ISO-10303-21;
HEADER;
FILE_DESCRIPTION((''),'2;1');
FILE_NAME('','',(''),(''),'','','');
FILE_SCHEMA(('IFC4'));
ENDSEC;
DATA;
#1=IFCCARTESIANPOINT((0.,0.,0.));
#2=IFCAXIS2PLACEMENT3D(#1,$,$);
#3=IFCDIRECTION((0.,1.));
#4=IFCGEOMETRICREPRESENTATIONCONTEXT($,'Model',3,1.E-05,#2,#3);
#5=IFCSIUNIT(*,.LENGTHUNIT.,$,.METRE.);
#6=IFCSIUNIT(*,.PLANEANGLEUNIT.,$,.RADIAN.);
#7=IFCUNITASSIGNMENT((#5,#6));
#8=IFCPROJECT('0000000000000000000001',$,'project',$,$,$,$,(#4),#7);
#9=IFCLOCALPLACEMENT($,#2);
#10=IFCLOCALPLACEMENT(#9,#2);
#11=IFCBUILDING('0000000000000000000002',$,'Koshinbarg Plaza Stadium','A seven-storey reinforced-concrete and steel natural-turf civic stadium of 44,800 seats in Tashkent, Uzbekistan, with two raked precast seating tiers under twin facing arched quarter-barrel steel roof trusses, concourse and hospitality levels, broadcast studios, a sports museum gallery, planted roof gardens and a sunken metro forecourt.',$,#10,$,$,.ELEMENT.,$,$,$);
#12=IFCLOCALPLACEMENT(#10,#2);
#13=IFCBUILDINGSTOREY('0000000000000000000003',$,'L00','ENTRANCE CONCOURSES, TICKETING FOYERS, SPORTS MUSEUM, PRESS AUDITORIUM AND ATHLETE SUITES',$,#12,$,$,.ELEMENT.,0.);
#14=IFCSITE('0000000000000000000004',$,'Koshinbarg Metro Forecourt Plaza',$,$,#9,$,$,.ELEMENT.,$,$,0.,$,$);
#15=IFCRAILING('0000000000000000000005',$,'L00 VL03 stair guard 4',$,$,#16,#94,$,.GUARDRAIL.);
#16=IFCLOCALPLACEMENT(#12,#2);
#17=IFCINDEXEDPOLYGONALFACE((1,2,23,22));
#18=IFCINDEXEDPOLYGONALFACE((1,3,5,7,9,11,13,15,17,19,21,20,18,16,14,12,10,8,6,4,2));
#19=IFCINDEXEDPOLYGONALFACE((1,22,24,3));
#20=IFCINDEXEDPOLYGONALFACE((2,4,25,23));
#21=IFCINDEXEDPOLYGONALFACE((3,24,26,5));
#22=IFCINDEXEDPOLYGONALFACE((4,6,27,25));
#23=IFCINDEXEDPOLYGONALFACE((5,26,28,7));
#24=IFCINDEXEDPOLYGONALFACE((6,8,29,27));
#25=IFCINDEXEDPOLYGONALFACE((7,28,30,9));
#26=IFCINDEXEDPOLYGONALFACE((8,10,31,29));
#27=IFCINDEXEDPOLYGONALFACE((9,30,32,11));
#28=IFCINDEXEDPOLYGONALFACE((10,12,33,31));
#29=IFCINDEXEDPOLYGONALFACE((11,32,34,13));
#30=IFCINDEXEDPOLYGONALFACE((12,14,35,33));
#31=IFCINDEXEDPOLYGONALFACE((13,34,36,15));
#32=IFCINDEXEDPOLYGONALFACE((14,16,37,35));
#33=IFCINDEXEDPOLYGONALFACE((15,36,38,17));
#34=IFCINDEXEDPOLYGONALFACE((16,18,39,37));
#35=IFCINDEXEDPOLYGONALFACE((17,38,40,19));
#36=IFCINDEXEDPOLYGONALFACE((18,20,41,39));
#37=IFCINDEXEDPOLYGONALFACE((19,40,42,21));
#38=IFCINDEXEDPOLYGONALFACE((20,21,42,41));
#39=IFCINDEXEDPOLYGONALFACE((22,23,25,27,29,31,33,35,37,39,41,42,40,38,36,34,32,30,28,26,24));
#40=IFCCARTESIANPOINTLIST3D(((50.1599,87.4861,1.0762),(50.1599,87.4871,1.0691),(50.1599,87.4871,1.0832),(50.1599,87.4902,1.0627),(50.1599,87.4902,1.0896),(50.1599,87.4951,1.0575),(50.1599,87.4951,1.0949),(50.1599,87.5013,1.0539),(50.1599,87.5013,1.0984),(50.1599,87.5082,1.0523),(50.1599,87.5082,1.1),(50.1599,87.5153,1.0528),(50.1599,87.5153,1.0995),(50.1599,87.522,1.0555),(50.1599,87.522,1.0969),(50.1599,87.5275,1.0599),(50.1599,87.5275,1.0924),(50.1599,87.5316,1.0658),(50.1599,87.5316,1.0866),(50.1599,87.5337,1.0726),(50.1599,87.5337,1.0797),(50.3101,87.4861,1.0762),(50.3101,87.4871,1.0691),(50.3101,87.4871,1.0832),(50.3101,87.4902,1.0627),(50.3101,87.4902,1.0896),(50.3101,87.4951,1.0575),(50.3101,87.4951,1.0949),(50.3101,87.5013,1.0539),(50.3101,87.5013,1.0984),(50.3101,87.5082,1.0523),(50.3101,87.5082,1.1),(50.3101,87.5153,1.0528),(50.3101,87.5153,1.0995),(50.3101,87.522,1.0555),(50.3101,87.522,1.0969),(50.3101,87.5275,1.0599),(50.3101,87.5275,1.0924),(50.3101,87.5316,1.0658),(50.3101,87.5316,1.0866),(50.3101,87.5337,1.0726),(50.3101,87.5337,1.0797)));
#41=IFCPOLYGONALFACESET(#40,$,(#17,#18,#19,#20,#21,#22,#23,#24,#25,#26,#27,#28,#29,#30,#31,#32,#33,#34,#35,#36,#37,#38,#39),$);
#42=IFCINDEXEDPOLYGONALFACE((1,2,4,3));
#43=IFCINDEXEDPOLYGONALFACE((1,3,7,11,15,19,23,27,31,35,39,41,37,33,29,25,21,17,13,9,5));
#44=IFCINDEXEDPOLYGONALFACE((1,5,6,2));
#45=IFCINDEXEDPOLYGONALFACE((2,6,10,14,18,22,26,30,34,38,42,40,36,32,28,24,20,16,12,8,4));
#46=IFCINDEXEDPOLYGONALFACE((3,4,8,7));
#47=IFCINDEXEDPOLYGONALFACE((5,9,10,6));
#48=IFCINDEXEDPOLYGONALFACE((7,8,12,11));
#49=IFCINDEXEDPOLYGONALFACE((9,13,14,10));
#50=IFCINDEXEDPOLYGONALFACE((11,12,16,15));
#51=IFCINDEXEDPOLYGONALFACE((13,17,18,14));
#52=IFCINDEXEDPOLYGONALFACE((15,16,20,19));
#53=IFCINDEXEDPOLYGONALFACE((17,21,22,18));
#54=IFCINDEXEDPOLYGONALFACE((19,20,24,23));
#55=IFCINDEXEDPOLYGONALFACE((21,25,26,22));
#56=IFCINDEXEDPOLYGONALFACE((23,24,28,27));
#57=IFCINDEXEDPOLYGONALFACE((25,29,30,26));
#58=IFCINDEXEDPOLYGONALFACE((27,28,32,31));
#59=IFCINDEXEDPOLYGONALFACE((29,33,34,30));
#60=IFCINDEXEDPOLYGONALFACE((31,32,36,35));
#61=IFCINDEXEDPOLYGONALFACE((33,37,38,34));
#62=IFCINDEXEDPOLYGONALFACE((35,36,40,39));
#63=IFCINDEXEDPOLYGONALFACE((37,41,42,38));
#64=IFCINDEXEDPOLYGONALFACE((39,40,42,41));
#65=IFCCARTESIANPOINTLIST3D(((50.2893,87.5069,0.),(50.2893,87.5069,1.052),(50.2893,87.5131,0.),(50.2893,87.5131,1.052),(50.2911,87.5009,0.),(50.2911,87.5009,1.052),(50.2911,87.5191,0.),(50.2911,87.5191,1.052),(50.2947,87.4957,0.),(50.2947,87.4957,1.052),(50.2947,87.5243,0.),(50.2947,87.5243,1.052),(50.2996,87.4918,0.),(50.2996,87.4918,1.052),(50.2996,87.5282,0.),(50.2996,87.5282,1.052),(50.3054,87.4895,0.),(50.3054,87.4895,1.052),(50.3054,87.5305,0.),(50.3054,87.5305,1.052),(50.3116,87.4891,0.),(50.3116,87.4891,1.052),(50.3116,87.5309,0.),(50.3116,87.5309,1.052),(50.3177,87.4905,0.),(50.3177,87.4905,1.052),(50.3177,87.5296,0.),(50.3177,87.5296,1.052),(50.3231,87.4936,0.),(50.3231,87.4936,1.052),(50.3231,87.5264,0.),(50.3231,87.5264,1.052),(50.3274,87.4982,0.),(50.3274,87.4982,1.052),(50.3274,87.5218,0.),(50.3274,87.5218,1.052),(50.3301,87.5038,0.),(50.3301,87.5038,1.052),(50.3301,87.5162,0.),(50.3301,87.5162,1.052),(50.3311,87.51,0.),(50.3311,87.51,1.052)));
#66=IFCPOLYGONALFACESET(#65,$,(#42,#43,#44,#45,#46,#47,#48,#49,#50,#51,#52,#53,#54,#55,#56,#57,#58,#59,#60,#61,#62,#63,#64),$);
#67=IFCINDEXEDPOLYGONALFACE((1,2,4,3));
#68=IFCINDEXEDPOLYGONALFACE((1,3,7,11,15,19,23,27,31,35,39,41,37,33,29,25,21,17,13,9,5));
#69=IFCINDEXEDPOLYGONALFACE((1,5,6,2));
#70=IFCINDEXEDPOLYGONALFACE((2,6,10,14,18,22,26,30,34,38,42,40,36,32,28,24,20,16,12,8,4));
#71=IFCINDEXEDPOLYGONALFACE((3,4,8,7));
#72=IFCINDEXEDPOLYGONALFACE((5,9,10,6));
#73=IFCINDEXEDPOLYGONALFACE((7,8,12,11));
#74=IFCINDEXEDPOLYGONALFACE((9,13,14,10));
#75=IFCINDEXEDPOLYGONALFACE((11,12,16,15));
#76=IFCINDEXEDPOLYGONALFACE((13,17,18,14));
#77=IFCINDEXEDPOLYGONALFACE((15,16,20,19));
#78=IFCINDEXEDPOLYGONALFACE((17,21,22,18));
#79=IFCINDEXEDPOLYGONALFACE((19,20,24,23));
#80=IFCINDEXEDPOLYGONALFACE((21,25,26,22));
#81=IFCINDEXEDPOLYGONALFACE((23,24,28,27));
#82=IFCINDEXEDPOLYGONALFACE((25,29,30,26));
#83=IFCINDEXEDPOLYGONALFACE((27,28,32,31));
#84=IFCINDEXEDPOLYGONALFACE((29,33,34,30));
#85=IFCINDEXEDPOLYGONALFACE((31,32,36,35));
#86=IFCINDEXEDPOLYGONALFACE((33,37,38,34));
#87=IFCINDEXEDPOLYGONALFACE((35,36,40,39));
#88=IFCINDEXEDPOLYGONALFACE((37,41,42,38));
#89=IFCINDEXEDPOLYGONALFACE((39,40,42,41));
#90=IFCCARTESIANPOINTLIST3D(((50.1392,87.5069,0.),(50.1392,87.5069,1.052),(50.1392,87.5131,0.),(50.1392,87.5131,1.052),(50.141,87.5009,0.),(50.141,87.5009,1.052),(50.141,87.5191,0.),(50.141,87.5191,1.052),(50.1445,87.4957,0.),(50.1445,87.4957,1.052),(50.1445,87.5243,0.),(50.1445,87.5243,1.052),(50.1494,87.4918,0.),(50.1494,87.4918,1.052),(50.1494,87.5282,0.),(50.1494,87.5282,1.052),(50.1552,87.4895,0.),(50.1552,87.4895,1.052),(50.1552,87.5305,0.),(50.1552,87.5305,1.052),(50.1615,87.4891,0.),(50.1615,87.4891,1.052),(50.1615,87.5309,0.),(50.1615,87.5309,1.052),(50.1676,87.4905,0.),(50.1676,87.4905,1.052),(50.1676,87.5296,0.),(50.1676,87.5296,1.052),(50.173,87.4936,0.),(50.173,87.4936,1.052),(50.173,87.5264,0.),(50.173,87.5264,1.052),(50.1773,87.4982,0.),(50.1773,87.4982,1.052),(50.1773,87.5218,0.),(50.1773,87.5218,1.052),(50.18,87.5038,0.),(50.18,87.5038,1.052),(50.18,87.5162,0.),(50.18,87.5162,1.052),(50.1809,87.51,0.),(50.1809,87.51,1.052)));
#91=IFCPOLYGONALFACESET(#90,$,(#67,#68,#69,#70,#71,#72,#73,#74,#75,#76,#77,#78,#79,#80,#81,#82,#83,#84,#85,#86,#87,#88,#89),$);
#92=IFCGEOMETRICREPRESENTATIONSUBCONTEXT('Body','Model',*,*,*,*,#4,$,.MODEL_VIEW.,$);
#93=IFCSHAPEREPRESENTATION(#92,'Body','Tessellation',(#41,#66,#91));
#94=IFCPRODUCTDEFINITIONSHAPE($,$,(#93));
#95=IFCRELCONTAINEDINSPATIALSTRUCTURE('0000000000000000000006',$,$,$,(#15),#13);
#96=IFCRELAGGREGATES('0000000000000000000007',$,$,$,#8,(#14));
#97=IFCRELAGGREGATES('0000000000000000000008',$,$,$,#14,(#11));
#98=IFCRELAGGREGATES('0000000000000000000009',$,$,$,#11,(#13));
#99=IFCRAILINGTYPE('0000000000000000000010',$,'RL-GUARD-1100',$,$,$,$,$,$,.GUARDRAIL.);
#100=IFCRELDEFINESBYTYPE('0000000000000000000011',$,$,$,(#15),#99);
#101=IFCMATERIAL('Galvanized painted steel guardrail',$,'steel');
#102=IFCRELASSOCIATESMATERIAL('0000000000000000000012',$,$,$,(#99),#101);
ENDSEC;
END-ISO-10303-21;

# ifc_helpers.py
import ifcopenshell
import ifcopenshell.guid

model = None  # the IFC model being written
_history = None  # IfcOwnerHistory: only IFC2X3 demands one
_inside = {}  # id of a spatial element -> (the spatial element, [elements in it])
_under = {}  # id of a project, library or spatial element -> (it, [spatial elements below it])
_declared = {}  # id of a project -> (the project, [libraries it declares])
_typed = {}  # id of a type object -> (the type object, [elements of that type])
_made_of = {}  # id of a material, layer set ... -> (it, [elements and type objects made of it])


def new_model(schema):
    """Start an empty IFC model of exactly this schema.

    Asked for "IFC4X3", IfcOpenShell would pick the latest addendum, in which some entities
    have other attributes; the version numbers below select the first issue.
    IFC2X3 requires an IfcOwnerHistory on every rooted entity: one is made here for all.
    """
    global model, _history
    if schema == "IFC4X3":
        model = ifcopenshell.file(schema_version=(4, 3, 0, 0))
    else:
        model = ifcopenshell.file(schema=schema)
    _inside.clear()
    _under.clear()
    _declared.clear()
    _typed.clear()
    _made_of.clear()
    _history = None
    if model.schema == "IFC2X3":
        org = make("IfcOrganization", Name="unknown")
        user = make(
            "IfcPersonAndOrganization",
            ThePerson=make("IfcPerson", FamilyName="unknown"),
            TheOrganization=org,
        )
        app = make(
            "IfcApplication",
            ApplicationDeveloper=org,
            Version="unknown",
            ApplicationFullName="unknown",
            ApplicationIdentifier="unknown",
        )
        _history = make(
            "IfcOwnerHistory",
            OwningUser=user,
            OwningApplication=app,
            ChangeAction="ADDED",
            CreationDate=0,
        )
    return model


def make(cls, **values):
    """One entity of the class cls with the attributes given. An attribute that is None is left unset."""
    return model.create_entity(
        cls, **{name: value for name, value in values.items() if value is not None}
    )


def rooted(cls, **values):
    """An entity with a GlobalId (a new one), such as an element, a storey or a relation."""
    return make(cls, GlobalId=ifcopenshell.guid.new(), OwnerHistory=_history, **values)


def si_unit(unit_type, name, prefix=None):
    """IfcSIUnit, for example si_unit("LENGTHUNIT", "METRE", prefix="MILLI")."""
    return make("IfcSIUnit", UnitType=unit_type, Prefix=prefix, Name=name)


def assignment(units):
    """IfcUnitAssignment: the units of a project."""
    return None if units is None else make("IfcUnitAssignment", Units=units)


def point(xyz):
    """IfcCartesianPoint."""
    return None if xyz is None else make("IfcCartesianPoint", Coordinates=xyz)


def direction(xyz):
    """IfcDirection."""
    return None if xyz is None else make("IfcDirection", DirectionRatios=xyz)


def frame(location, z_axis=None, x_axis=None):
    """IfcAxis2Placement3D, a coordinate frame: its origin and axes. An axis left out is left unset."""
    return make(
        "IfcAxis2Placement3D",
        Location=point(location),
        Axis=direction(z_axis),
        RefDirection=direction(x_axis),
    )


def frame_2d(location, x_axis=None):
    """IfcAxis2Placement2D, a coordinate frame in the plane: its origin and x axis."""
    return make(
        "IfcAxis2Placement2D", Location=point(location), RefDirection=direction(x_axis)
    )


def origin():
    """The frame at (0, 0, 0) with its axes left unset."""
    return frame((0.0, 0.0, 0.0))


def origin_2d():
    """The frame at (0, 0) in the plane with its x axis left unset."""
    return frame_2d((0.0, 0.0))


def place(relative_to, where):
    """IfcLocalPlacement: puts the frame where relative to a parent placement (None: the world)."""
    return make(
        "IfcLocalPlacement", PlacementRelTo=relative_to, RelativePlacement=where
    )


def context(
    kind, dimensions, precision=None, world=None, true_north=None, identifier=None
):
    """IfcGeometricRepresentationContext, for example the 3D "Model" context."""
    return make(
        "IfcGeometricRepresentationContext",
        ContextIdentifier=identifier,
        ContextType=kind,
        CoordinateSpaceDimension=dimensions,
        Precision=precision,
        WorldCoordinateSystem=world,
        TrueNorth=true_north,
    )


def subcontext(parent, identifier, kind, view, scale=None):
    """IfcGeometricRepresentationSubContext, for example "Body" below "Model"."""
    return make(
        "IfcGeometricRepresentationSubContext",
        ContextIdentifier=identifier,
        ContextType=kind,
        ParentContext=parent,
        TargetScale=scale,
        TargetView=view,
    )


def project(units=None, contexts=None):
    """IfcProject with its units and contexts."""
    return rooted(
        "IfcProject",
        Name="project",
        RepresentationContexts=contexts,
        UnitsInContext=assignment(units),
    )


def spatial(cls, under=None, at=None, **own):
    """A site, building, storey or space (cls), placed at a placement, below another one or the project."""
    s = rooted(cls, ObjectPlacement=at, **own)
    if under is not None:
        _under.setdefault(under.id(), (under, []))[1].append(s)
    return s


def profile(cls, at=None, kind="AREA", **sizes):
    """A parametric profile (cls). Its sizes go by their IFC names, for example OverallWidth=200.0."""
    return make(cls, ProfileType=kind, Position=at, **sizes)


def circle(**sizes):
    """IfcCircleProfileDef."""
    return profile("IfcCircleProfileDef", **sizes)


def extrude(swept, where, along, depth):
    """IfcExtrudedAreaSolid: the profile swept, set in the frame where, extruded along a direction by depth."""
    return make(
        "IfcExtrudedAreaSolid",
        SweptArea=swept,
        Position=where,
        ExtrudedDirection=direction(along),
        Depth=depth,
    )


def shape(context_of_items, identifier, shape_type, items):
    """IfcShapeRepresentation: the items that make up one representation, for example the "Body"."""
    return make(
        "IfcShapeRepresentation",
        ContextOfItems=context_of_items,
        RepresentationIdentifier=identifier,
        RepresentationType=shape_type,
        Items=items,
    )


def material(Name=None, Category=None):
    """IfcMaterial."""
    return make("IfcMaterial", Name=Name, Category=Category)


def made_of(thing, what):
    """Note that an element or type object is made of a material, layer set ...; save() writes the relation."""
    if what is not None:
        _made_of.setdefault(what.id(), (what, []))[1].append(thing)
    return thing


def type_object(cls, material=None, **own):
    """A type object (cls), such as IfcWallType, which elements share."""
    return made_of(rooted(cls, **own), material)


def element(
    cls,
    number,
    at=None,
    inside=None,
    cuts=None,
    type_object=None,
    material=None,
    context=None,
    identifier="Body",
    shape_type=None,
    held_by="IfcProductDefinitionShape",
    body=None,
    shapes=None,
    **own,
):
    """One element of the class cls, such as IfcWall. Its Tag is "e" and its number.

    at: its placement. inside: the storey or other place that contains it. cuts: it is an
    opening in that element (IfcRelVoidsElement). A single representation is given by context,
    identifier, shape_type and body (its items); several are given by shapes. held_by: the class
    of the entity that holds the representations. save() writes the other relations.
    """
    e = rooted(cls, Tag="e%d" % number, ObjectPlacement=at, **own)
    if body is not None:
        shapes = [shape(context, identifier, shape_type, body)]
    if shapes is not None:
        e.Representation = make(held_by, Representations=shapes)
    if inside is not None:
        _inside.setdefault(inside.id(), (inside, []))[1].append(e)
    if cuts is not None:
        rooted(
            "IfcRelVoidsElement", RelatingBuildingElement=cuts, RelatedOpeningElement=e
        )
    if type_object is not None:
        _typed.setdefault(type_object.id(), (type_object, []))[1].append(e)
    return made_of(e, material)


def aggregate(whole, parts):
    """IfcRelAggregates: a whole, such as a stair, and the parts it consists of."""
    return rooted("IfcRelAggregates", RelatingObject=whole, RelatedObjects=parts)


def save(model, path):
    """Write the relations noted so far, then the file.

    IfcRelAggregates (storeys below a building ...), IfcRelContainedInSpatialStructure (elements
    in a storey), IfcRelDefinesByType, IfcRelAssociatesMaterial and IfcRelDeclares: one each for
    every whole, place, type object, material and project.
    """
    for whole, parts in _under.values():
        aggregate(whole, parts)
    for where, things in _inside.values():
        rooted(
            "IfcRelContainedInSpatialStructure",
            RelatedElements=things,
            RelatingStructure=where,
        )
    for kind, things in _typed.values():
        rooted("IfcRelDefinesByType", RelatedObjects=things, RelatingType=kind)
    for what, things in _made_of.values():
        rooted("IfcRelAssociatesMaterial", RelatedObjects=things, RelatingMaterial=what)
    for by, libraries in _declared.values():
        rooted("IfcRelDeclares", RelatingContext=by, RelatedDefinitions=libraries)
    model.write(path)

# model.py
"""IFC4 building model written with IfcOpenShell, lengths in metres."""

from ifc_helpers import new_model, si_unit, direction, frame, origin, origin_2d, place, context, subcontext, project, spatial, circle, extrude, material, type_object, element, save


model = new_model("IFC4")

# Units and contexts
model_context = context("Model", 3, precision=1e-05, world=origin(), true_north=direction((0.0, 1.0)))
body_context = subcontext(model_context, "Body", "Model", "MODEL_VIEW")
ifc_project = project(units=[si_unit("LENGTHUNIT", "METRE"), si_unit("PLANEANGLEUNIT", "RADIAN")], contexts=[model_context])

# Site, building, storey
site_placement = place(None, origin())
site = spatial("IfcSite", under=ifc_project, at=site_placement, Name="Koshinbarg Metro Forecourt Plaza", CompositionType="ELEMENT", RefElevation=0.0)
building_placement = place(site_placement, origin())
building = spatial("IfcBuilding", under=site, at=building_placement, Name="Koshinbarg Plaza Stadium", Description="A seven-storey reinforced-concrete and steel natural-turf civic stadium of 44,800 seats in Tashkent, Uzbekistan, with two raked precast seating tiers under twin facing arched quarter-barrel steel roof trusses, concourse and hospitality levels, broadcast studios, a sports museum gallery, planted roof gardens and a sunken metro forecourt.", CompositionType="ELEMENT")
storey_placement = place(building_placement, origin())
storey = spatial("IfcBuildingStorey", under=building, at=storey_placement, Name="L00", Description="ENTRANCE CONCOURSES, TICKETING FOYERS, SPORTS MUSEUM, PRESS AUDITORIUM AND ATHLETE SUITES", CompositionType="ELEMENT", Elevation=0.0)

# Railing
ifc_material_1 = material(Name="Galvanized painted steel guardrail", Category="steel")
railing_type_1 = type_object("IfcRailingType", Name="RL-GUARD-1100", PredefinedType="GUARDRAIL", material=ifc_material_1)
railing_1_placement = place(storey_placement, frame((50.3101, 87.51, 0.0)))
element("IfcRailing", 1, at=railing_1_placement, inside=storey, type_object=railing_type_1, Name="L00 VL03 stair guard 4", PredefinedType="GUARDRAIL", context=body_context, shape_type="SweptSolid", body=[
    extrude(circle(Radius=0.0239, at=origin_2d()), frame((0.0, 0.0, 1.0762), z_axis=(-1.0, 0.0, 0.0), x_axis=(0.0, -1.0, 0.0)), (0.0, 0.0, 1.0), 0.1501),
    extrude(circle(Radius=0.021, at=origin_2d()), origin(), (0.0, 0.0, 1.0), 1.052),
    extrude(circle(Radius=0.021, at=origin_2d()), frame((-0.1501, 0.0, 0.0)), (0.0, 0.0, 1.0), 1.052),
])

save(model, "model.ifc")
